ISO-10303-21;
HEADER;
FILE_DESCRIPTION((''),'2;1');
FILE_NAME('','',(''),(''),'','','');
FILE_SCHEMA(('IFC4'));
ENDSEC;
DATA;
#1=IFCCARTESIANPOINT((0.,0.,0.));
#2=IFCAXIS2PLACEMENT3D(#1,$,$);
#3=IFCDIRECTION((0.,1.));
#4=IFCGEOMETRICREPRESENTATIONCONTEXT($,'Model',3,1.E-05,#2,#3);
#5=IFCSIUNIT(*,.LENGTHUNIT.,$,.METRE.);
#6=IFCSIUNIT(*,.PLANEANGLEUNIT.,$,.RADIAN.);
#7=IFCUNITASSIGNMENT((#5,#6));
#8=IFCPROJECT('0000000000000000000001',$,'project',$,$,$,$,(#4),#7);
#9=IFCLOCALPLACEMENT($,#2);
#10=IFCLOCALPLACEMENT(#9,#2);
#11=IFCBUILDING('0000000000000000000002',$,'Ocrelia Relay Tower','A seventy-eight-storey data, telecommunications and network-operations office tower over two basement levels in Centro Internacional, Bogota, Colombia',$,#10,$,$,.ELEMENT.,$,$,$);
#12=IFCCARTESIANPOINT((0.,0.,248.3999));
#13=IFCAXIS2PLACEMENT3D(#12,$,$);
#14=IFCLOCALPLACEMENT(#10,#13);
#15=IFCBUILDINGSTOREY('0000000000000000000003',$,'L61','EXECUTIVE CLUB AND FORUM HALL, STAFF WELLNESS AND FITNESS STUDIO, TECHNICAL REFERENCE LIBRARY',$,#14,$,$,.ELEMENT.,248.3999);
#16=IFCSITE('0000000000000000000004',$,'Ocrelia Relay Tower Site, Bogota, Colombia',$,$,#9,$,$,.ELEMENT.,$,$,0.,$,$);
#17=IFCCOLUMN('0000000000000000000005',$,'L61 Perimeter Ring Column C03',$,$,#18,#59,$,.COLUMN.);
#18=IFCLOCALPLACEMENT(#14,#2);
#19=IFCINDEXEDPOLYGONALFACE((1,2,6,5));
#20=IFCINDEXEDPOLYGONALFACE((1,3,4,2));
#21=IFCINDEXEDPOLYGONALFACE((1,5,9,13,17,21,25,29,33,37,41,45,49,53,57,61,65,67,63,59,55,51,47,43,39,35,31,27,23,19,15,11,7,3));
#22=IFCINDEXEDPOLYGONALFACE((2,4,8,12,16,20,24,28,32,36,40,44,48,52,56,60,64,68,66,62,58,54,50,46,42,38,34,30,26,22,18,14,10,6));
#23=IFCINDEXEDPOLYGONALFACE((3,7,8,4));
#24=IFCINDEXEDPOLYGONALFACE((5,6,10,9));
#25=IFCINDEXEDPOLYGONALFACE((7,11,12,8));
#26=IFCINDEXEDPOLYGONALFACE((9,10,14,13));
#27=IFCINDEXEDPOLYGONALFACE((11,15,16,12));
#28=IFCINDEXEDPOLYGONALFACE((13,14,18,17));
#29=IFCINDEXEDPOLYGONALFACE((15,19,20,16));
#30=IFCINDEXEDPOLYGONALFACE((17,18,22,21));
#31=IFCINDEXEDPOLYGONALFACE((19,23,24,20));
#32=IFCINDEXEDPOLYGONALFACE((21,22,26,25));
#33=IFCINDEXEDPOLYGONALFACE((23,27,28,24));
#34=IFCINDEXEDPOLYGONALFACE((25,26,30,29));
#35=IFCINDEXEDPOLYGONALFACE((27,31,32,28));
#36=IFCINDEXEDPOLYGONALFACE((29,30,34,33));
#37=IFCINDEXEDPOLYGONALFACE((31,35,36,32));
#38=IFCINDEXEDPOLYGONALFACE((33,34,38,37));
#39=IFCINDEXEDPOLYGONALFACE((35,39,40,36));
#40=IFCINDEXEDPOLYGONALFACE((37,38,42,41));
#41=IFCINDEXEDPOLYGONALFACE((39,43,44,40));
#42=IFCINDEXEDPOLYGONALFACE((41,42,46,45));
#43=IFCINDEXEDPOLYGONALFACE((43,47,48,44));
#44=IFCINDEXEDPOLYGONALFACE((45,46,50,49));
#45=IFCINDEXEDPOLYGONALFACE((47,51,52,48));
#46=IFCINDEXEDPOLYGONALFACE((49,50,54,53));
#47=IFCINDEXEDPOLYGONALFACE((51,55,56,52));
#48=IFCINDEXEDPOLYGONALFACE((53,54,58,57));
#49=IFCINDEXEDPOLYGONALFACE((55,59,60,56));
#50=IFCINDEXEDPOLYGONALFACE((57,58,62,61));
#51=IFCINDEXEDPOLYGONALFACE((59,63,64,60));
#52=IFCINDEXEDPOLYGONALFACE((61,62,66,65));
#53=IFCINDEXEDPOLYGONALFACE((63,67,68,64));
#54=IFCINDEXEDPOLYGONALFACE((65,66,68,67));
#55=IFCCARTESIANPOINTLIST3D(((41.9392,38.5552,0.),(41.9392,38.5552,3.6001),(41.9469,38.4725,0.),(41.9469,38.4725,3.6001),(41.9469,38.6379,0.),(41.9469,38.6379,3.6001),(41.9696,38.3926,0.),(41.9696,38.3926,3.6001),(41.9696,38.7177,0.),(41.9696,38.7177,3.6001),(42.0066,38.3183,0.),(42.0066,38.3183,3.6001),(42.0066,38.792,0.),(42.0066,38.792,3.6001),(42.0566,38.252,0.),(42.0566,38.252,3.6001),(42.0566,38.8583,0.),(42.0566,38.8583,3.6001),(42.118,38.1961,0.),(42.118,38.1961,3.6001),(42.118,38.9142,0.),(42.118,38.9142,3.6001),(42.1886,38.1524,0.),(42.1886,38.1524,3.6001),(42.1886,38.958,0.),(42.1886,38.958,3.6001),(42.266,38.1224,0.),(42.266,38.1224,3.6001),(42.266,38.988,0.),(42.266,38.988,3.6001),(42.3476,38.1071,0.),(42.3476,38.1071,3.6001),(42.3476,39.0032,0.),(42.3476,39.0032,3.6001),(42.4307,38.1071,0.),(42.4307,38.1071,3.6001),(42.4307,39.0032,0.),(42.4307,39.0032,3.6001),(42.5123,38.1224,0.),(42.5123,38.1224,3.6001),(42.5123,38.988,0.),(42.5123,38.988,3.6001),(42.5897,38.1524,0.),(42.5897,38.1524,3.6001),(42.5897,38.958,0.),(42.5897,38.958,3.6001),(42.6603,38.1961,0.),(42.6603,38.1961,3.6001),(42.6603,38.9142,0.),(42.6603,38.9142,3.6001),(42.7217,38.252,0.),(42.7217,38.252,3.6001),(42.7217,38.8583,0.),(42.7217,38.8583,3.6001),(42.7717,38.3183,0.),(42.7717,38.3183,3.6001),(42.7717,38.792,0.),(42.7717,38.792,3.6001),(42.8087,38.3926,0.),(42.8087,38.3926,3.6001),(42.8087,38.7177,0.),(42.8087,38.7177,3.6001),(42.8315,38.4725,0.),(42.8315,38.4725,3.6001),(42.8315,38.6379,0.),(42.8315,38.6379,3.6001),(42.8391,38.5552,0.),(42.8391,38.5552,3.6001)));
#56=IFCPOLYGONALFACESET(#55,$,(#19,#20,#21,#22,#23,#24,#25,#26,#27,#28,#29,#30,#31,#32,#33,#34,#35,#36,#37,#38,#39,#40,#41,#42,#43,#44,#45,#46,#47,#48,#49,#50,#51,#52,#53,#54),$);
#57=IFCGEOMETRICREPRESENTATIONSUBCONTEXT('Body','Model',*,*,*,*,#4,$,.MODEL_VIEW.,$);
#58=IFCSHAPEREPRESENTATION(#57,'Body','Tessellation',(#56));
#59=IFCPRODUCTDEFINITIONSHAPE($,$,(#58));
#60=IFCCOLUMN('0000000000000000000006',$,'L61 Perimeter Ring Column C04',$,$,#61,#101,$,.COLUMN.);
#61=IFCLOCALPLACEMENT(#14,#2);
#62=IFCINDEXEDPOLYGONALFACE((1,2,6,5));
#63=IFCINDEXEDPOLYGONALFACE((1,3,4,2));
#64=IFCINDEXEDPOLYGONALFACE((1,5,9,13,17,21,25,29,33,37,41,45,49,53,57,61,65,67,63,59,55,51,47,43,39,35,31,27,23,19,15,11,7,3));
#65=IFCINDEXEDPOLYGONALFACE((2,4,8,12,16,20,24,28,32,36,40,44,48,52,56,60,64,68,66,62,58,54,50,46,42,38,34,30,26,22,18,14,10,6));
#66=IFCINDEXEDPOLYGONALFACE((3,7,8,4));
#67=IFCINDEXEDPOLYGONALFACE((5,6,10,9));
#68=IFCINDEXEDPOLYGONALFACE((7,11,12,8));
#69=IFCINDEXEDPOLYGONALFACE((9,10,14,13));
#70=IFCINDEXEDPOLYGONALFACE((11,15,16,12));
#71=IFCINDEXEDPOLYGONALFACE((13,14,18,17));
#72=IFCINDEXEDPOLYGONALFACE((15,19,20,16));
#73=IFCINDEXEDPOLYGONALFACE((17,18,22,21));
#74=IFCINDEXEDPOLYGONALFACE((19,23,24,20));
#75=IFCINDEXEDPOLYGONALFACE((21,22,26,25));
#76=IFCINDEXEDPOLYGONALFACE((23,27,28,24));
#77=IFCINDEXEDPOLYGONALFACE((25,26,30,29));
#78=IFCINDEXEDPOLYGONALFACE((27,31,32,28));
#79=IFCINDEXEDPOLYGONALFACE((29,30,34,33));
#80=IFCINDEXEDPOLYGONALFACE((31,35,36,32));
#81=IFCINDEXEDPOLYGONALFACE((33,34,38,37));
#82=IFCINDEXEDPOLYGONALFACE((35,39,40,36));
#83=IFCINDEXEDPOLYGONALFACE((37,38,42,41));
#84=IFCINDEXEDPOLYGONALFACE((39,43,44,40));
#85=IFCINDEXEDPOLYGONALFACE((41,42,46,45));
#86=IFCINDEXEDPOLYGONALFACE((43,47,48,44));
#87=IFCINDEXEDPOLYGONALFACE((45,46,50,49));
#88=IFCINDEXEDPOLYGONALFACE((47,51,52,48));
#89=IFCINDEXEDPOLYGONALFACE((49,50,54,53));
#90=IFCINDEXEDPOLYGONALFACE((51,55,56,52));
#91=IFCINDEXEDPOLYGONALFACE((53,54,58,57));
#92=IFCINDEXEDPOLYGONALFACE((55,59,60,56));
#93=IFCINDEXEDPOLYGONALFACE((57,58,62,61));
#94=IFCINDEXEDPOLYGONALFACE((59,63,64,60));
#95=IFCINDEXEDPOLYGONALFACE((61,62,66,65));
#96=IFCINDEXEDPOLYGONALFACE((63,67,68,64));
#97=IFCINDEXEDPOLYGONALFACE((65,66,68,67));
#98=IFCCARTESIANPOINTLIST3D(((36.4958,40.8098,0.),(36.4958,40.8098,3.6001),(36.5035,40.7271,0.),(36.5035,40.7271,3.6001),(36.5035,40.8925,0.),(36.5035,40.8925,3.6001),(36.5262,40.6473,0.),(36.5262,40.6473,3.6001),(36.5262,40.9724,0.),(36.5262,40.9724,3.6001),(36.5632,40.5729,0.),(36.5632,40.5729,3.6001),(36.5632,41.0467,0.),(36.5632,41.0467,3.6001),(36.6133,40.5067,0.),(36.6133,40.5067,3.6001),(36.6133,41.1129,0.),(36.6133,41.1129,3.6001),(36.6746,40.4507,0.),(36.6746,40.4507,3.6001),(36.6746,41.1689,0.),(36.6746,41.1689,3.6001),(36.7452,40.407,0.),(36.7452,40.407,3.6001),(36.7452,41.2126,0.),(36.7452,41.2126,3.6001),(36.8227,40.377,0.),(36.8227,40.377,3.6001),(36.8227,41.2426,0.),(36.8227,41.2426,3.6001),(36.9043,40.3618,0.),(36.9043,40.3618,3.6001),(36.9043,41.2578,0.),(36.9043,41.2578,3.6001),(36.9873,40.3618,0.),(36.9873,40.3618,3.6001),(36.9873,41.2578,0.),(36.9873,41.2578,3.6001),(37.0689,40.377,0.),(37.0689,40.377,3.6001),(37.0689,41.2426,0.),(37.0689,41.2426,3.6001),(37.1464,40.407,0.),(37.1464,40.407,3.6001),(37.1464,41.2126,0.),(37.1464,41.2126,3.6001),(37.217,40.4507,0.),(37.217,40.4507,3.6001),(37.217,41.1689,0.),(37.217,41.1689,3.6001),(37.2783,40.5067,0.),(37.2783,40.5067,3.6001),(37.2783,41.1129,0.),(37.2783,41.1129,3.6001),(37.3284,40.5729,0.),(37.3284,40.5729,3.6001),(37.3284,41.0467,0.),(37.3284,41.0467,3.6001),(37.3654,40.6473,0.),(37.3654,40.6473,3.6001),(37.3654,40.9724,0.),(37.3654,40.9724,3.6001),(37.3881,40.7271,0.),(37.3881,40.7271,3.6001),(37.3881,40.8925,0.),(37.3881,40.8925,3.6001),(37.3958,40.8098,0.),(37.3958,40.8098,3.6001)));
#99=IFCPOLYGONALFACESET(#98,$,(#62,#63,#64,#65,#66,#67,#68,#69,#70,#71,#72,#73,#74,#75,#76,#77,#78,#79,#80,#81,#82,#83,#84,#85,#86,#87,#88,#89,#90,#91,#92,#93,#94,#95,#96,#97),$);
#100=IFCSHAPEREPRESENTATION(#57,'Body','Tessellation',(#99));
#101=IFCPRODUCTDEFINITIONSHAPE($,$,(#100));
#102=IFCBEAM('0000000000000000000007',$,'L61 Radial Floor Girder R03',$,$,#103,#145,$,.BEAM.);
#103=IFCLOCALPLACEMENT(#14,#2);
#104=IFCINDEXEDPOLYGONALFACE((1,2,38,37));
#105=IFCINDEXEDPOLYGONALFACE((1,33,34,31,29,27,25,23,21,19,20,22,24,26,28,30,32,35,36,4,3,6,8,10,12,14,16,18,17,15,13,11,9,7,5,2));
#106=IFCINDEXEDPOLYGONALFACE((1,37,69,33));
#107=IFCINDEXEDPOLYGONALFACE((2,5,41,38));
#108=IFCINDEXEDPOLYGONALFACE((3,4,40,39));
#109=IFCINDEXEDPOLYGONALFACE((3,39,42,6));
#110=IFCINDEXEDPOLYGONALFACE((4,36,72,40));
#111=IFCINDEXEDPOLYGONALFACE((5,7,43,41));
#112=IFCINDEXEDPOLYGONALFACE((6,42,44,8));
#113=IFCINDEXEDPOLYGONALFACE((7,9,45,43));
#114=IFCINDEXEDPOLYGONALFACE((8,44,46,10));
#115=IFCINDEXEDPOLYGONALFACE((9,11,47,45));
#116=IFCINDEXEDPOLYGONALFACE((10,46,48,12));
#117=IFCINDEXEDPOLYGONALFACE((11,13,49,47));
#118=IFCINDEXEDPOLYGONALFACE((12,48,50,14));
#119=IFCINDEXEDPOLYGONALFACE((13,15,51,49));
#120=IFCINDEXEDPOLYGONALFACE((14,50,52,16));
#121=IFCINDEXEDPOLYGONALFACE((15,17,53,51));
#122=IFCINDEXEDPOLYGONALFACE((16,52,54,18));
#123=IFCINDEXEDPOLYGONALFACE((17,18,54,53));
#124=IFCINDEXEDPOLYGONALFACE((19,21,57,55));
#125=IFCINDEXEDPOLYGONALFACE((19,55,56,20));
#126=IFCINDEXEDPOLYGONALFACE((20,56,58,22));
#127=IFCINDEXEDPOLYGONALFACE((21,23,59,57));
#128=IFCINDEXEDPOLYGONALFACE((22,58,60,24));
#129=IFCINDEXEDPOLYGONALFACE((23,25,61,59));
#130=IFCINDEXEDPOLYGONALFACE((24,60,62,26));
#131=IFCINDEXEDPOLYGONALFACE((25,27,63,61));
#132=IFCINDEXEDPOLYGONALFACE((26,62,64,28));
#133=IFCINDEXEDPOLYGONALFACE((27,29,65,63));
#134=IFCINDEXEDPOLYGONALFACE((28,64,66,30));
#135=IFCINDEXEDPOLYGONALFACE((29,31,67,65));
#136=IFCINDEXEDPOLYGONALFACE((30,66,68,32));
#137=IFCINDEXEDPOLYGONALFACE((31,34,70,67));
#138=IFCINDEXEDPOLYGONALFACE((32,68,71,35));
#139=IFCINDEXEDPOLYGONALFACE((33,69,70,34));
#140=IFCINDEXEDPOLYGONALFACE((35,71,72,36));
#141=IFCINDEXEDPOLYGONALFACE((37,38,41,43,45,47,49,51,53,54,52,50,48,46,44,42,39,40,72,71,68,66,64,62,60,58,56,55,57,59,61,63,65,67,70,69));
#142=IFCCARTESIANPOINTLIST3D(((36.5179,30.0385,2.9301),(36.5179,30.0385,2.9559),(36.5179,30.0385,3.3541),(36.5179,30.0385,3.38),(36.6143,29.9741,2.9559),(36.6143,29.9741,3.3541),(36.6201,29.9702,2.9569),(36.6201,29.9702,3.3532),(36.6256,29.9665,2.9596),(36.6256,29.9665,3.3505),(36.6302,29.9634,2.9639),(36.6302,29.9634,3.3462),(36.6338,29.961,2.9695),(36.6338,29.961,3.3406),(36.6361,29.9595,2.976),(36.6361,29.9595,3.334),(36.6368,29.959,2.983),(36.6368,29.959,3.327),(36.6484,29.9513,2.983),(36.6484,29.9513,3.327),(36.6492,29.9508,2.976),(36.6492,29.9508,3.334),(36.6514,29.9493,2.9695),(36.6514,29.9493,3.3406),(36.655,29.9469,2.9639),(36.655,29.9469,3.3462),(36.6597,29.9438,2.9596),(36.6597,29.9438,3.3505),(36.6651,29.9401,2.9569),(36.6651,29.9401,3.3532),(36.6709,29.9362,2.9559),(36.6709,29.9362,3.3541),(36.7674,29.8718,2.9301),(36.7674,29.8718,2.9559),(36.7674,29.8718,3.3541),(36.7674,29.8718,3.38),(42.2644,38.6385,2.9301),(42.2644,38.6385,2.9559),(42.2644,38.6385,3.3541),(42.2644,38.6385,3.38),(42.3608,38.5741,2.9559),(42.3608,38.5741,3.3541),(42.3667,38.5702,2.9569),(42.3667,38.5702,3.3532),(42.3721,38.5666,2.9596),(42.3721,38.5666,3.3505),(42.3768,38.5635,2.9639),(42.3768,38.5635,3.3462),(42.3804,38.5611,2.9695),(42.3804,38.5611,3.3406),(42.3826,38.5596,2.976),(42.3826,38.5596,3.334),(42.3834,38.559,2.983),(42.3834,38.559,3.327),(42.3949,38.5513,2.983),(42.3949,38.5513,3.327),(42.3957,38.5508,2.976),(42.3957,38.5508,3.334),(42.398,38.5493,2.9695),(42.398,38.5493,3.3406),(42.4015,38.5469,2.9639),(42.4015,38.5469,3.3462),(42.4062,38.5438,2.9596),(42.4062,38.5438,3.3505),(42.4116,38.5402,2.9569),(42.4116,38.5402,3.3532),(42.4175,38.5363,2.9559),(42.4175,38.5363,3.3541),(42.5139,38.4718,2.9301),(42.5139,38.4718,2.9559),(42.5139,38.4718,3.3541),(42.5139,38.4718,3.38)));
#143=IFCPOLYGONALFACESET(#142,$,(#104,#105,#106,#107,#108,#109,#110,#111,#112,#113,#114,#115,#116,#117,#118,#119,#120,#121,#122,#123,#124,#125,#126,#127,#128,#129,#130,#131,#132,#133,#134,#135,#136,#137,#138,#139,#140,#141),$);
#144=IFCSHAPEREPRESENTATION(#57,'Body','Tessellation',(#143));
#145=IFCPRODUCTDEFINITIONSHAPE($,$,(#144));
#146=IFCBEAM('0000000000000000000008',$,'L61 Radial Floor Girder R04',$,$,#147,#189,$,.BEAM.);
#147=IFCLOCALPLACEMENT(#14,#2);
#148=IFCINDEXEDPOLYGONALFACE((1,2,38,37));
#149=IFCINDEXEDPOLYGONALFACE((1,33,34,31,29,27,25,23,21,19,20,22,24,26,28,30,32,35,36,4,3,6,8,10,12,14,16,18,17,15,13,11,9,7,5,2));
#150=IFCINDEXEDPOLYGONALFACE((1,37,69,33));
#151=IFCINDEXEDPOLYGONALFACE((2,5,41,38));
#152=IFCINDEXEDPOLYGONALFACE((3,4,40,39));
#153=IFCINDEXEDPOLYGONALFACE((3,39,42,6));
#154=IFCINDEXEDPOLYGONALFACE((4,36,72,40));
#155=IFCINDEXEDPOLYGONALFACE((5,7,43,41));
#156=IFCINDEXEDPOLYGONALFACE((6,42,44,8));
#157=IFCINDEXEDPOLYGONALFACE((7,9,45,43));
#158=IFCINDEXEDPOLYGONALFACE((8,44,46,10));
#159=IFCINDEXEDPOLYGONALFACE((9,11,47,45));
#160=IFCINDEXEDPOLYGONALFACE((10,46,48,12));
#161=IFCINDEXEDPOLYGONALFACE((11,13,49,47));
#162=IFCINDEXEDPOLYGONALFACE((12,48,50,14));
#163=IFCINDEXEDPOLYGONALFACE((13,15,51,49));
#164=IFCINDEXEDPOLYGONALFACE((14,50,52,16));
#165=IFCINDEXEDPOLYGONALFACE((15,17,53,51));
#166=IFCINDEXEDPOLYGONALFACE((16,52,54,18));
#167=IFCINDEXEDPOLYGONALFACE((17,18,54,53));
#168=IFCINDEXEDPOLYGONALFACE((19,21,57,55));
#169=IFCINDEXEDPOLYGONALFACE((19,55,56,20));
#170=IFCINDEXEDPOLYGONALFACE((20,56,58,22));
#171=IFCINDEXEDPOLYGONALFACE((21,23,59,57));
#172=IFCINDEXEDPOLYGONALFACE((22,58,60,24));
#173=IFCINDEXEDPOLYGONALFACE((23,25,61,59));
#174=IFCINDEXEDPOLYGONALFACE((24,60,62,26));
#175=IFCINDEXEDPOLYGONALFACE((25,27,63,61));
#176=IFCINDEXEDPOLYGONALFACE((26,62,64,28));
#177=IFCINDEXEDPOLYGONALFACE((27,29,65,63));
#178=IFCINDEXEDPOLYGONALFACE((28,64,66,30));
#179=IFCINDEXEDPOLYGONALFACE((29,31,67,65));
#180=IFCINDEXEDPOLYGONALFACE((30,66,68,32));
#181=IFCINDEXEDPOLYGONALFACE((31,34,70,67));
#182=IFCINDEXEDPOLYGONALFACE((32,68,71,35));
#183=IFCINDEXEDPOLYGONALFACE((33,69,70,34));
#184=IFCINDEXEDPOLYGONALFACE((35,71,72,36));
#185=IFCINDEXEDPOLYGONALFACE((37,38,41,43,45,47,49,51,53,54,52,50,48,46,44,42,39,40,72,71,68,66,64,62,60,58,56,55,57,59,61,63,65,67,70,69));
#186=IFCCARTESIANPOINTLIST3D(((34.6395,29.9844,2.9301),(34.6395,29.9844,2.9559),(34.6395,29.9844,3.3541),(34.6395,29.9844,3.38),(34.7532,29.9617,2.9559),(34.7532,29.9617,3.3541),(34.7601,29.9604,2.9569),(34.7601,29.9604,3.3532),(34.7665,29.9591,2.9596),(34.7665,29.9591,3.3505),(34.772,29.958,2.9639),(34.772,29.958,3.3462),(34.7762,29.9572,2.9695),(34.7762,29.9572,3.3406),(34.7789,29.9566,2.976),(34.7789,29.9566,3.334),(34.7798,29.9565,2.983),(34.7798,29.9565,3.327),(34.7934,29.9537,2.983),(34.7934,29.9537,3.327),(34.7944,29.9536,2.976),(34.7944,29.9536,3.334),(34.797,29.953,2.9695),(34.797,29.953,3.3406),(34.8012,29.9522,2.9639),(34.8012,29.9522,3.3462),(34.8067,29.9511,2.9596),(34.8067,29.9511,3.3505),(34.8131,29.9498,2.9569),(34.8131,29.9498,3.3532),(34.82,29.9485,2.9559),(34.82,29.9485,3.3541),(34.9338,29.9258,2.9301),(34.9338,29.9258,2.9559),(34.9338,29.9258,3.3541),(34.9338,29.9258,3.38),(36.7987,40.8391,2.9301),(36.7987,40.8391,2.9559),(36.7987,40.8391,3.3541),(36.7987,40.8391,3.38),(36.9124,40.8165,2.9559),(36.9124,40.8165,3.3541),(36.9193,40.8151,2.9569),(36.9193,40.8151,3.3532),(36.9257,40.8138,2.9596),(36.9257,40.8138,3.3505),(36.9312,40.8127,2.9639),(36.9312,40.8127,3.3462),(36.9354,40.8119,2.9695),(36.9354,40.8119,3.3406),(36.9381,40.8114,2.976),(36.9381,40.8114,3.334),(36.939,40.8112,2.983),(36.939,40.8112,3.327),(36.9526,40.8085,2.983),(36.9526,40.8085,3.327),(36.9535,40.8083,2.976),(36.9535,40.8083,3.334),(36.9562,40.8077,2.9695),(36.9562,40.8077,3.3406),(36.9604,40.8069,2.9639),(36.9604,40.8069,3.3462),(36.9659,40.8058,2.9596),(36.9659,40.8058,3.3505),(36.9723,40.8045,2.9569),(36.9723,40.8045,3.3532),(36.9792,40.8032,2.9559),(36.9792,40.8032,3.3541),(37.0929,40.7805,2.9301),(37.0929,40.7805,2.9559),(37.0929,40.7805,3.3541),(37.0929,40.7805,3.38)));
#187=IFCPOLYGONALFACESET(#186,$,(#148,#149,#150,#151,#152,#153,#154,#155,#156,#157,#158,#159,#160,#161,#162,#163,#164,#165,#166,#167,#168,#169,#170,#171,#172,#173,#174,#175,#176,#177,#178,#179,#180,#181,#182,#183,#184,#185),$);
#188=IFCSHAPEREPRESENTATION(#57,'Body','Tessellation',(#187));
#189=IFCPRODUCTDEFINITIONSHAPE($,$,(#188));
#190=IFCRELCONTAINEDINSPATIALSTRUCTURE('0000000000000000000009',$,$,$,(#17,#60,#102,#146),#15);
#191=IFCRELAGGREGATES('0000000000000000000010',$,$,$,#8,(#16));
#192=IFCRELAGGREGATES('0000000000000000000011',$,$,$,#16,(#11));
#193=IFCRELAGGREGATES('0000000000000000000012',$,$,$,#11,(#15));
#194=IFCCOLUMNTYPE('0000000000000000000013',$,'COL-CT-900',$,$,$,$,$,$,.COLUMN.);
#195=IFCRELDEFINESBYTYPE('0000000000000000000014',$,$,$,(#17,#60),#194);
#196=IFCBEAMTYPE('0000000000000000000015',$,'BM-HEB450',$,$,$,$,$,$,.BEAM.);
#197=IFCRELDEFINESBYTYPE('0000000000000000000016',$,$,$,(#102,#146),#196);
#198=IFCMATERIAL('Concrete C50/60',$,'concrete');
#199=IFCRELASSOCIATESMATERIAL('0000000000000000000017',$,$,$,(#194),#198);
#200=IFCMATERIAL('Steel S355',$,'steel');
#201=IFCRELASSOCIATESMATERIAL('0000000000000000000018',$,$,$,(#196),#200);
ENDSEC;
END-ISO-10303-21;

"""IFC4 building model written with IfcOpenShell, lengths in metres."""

from ifc_helpers import new_model, si_unit, direction, frame, origin, origin_2d, place, context, subcontext, project, spatial, circle, i_section, extrude, material, material_profile, profile_set, type_object, element, save


model = new_model("IFC4")

# Units and contexts
model_context = context("Model", 3, precision=1e-05, world=origin(), true_north=direction((0.0, 1.0)))
body_context = subcontext(model_context, "Body", "Model", "MODEL_VIEW")
ifc_project = project(units=[si_unit("LENGTHUNIT", "METRE"), si_unit("PLANEANGLEUNIT", "RADIAN")], contexts=[model_context])

# Site, building, storey
site_placement = place(None, origin())
site = spatial("IfcSite", under=ifc_project, at=site_placement, Name="Ocrelia Relay Tower Site, Bogota, Colombia", CompositionType="ELEMENT", RefElevation=0.0)
building_placement = place(site_placement, origin())
building = spatial("IfcBuilding", under=site, at=building_placement, Name="Ocrelia Relay Tower", Description="A seventy-eight-storey data, telecommunications and network-operations office tower over two basement levels in Centro Internacional, Bogota, Colombia", CompositionType="ELEMENT")
storey_placement = place(building_placement, frame((0.0, 0.0, 248.3999)))
storey = spatial("IfcBuildingStorey", under=building, at=storey_placement, Name="L61", Description="EXECUTIVE CLUB AND FORUM HALL, STAFF WELLNESS AND FITNESS STUDIO, TECHNICAL REFERENCE LIBRARY", CompositionType="ELEMENT", Elevation=248.3999)

# Columns
ifc_material_1 = material(Name="Concrete C50/60", Category="concrete")
ifc_material_profile_1 = material_profile(ifc_material_1, circle(Radius=0.45, at=origin_2d()), Name="RC-CIR-900")
ifc_profile_set_1 = profile_set([ifc_material_profile_1], Name="Concrete C50/60")
column_type = type_object("IfcColumnType", Name="COL-CT-900", PredefinedType="COLUMN", material=ifc_profile_set_1)
for number, where, z_axis, x_axis, name in (
    (1, (42.3892, 38.5552, 0.0), (0.0, 0.0, 1.0), (1.0, 0.0, 0.0), "L61 Perimeter Ring Column C03"),
    (2, (36.9458, 40.8098, 0.0), (0.0, 0.0, 1.0), (1.0, 0.0, 0.0), "L61 Perimeter Ring Column C04"),
):
    element("IfcColumn", number, at=place(storey_placement, frame(where, z_axis=z_axis, x_axis=x_axis)), inside=storey, type_object=column_type, Name=name, PredefinedType="COLUMN", context=body_context, shape_type="SweptSolid", body=[
        extrude(circle(Radius=0.45, at=origin_2d()), origin(), (0.0, 0.0, 1.0), 3.6001),
    ])

# Beams
ifc_material_2 = material(Name="Steel S355", Category="steel")
ifc_material_profile_2 = material_profile(ifc_material_2, i_section(OverallWidth=0.3, OverallDepth=0.45, WebThickness=0.0139, FlangeThickness=0.0259, FilletRadius=0.0271, at=origin_2d()), Name="HEB 450")
ifc_profile_set_2 = profile_set([ifc_material_profile_2], Name="Steel S355")
beam_type_1 = type_object("IfcBeamType", Name="BM-HEB450", PredefinedType="BEAM", material=ifc_profile_set_2)
beam_1_placement = place(storey_placement, frame((42.3892, 38.5552, 3.155), z_axis=(-0.555582, -0.831462, 0.0), x_axis=(0.831462, -0.555582, 0.0)))
element("IfcBeam", 3, at=beam_1_placement, inside=storey, type_object=beam_type_1, Name="L61 Radial Floor Girder R03", PredefinedType="BEAM", context=body_context, shape_type="SweptSolid", body=[
    extrude(i_section(OverallWidth=0.3, OverallDepth=0.45, WebThickness=0.0139, FlangeThickness=0.0259, FilletRadius=0.0271, at=origin_2d()), origin(), (0.0, 0.0, 1.0), 10.3433),
])
beam_2_placement = place(storey_placement, frame((36.9458, 40.8098, 3.155), z_axis=(-0.195094, -0.980785, 0.0), x_axis=(0.980785, -0.195094, 0.0)))
element("IfcBeam", 4, at=beam_2_placement, inside=storey, type_object=beam_type_1, Name="L61 Radial Floor Girder R04", PredefinedType="BEAM", context=body_context, shape_type="SweptSolid", body=[
    extrude(i_section(OverallWidth=0.3, OverallDepth=0.45, WebThickness=0.0139, FlangeThickness=0.0259, FilletRadius=0.0271, at=origin_2d()), origin(), (0.0, 0.0, 1.0), 11.0674),
])

save(model, "model.ifc")
